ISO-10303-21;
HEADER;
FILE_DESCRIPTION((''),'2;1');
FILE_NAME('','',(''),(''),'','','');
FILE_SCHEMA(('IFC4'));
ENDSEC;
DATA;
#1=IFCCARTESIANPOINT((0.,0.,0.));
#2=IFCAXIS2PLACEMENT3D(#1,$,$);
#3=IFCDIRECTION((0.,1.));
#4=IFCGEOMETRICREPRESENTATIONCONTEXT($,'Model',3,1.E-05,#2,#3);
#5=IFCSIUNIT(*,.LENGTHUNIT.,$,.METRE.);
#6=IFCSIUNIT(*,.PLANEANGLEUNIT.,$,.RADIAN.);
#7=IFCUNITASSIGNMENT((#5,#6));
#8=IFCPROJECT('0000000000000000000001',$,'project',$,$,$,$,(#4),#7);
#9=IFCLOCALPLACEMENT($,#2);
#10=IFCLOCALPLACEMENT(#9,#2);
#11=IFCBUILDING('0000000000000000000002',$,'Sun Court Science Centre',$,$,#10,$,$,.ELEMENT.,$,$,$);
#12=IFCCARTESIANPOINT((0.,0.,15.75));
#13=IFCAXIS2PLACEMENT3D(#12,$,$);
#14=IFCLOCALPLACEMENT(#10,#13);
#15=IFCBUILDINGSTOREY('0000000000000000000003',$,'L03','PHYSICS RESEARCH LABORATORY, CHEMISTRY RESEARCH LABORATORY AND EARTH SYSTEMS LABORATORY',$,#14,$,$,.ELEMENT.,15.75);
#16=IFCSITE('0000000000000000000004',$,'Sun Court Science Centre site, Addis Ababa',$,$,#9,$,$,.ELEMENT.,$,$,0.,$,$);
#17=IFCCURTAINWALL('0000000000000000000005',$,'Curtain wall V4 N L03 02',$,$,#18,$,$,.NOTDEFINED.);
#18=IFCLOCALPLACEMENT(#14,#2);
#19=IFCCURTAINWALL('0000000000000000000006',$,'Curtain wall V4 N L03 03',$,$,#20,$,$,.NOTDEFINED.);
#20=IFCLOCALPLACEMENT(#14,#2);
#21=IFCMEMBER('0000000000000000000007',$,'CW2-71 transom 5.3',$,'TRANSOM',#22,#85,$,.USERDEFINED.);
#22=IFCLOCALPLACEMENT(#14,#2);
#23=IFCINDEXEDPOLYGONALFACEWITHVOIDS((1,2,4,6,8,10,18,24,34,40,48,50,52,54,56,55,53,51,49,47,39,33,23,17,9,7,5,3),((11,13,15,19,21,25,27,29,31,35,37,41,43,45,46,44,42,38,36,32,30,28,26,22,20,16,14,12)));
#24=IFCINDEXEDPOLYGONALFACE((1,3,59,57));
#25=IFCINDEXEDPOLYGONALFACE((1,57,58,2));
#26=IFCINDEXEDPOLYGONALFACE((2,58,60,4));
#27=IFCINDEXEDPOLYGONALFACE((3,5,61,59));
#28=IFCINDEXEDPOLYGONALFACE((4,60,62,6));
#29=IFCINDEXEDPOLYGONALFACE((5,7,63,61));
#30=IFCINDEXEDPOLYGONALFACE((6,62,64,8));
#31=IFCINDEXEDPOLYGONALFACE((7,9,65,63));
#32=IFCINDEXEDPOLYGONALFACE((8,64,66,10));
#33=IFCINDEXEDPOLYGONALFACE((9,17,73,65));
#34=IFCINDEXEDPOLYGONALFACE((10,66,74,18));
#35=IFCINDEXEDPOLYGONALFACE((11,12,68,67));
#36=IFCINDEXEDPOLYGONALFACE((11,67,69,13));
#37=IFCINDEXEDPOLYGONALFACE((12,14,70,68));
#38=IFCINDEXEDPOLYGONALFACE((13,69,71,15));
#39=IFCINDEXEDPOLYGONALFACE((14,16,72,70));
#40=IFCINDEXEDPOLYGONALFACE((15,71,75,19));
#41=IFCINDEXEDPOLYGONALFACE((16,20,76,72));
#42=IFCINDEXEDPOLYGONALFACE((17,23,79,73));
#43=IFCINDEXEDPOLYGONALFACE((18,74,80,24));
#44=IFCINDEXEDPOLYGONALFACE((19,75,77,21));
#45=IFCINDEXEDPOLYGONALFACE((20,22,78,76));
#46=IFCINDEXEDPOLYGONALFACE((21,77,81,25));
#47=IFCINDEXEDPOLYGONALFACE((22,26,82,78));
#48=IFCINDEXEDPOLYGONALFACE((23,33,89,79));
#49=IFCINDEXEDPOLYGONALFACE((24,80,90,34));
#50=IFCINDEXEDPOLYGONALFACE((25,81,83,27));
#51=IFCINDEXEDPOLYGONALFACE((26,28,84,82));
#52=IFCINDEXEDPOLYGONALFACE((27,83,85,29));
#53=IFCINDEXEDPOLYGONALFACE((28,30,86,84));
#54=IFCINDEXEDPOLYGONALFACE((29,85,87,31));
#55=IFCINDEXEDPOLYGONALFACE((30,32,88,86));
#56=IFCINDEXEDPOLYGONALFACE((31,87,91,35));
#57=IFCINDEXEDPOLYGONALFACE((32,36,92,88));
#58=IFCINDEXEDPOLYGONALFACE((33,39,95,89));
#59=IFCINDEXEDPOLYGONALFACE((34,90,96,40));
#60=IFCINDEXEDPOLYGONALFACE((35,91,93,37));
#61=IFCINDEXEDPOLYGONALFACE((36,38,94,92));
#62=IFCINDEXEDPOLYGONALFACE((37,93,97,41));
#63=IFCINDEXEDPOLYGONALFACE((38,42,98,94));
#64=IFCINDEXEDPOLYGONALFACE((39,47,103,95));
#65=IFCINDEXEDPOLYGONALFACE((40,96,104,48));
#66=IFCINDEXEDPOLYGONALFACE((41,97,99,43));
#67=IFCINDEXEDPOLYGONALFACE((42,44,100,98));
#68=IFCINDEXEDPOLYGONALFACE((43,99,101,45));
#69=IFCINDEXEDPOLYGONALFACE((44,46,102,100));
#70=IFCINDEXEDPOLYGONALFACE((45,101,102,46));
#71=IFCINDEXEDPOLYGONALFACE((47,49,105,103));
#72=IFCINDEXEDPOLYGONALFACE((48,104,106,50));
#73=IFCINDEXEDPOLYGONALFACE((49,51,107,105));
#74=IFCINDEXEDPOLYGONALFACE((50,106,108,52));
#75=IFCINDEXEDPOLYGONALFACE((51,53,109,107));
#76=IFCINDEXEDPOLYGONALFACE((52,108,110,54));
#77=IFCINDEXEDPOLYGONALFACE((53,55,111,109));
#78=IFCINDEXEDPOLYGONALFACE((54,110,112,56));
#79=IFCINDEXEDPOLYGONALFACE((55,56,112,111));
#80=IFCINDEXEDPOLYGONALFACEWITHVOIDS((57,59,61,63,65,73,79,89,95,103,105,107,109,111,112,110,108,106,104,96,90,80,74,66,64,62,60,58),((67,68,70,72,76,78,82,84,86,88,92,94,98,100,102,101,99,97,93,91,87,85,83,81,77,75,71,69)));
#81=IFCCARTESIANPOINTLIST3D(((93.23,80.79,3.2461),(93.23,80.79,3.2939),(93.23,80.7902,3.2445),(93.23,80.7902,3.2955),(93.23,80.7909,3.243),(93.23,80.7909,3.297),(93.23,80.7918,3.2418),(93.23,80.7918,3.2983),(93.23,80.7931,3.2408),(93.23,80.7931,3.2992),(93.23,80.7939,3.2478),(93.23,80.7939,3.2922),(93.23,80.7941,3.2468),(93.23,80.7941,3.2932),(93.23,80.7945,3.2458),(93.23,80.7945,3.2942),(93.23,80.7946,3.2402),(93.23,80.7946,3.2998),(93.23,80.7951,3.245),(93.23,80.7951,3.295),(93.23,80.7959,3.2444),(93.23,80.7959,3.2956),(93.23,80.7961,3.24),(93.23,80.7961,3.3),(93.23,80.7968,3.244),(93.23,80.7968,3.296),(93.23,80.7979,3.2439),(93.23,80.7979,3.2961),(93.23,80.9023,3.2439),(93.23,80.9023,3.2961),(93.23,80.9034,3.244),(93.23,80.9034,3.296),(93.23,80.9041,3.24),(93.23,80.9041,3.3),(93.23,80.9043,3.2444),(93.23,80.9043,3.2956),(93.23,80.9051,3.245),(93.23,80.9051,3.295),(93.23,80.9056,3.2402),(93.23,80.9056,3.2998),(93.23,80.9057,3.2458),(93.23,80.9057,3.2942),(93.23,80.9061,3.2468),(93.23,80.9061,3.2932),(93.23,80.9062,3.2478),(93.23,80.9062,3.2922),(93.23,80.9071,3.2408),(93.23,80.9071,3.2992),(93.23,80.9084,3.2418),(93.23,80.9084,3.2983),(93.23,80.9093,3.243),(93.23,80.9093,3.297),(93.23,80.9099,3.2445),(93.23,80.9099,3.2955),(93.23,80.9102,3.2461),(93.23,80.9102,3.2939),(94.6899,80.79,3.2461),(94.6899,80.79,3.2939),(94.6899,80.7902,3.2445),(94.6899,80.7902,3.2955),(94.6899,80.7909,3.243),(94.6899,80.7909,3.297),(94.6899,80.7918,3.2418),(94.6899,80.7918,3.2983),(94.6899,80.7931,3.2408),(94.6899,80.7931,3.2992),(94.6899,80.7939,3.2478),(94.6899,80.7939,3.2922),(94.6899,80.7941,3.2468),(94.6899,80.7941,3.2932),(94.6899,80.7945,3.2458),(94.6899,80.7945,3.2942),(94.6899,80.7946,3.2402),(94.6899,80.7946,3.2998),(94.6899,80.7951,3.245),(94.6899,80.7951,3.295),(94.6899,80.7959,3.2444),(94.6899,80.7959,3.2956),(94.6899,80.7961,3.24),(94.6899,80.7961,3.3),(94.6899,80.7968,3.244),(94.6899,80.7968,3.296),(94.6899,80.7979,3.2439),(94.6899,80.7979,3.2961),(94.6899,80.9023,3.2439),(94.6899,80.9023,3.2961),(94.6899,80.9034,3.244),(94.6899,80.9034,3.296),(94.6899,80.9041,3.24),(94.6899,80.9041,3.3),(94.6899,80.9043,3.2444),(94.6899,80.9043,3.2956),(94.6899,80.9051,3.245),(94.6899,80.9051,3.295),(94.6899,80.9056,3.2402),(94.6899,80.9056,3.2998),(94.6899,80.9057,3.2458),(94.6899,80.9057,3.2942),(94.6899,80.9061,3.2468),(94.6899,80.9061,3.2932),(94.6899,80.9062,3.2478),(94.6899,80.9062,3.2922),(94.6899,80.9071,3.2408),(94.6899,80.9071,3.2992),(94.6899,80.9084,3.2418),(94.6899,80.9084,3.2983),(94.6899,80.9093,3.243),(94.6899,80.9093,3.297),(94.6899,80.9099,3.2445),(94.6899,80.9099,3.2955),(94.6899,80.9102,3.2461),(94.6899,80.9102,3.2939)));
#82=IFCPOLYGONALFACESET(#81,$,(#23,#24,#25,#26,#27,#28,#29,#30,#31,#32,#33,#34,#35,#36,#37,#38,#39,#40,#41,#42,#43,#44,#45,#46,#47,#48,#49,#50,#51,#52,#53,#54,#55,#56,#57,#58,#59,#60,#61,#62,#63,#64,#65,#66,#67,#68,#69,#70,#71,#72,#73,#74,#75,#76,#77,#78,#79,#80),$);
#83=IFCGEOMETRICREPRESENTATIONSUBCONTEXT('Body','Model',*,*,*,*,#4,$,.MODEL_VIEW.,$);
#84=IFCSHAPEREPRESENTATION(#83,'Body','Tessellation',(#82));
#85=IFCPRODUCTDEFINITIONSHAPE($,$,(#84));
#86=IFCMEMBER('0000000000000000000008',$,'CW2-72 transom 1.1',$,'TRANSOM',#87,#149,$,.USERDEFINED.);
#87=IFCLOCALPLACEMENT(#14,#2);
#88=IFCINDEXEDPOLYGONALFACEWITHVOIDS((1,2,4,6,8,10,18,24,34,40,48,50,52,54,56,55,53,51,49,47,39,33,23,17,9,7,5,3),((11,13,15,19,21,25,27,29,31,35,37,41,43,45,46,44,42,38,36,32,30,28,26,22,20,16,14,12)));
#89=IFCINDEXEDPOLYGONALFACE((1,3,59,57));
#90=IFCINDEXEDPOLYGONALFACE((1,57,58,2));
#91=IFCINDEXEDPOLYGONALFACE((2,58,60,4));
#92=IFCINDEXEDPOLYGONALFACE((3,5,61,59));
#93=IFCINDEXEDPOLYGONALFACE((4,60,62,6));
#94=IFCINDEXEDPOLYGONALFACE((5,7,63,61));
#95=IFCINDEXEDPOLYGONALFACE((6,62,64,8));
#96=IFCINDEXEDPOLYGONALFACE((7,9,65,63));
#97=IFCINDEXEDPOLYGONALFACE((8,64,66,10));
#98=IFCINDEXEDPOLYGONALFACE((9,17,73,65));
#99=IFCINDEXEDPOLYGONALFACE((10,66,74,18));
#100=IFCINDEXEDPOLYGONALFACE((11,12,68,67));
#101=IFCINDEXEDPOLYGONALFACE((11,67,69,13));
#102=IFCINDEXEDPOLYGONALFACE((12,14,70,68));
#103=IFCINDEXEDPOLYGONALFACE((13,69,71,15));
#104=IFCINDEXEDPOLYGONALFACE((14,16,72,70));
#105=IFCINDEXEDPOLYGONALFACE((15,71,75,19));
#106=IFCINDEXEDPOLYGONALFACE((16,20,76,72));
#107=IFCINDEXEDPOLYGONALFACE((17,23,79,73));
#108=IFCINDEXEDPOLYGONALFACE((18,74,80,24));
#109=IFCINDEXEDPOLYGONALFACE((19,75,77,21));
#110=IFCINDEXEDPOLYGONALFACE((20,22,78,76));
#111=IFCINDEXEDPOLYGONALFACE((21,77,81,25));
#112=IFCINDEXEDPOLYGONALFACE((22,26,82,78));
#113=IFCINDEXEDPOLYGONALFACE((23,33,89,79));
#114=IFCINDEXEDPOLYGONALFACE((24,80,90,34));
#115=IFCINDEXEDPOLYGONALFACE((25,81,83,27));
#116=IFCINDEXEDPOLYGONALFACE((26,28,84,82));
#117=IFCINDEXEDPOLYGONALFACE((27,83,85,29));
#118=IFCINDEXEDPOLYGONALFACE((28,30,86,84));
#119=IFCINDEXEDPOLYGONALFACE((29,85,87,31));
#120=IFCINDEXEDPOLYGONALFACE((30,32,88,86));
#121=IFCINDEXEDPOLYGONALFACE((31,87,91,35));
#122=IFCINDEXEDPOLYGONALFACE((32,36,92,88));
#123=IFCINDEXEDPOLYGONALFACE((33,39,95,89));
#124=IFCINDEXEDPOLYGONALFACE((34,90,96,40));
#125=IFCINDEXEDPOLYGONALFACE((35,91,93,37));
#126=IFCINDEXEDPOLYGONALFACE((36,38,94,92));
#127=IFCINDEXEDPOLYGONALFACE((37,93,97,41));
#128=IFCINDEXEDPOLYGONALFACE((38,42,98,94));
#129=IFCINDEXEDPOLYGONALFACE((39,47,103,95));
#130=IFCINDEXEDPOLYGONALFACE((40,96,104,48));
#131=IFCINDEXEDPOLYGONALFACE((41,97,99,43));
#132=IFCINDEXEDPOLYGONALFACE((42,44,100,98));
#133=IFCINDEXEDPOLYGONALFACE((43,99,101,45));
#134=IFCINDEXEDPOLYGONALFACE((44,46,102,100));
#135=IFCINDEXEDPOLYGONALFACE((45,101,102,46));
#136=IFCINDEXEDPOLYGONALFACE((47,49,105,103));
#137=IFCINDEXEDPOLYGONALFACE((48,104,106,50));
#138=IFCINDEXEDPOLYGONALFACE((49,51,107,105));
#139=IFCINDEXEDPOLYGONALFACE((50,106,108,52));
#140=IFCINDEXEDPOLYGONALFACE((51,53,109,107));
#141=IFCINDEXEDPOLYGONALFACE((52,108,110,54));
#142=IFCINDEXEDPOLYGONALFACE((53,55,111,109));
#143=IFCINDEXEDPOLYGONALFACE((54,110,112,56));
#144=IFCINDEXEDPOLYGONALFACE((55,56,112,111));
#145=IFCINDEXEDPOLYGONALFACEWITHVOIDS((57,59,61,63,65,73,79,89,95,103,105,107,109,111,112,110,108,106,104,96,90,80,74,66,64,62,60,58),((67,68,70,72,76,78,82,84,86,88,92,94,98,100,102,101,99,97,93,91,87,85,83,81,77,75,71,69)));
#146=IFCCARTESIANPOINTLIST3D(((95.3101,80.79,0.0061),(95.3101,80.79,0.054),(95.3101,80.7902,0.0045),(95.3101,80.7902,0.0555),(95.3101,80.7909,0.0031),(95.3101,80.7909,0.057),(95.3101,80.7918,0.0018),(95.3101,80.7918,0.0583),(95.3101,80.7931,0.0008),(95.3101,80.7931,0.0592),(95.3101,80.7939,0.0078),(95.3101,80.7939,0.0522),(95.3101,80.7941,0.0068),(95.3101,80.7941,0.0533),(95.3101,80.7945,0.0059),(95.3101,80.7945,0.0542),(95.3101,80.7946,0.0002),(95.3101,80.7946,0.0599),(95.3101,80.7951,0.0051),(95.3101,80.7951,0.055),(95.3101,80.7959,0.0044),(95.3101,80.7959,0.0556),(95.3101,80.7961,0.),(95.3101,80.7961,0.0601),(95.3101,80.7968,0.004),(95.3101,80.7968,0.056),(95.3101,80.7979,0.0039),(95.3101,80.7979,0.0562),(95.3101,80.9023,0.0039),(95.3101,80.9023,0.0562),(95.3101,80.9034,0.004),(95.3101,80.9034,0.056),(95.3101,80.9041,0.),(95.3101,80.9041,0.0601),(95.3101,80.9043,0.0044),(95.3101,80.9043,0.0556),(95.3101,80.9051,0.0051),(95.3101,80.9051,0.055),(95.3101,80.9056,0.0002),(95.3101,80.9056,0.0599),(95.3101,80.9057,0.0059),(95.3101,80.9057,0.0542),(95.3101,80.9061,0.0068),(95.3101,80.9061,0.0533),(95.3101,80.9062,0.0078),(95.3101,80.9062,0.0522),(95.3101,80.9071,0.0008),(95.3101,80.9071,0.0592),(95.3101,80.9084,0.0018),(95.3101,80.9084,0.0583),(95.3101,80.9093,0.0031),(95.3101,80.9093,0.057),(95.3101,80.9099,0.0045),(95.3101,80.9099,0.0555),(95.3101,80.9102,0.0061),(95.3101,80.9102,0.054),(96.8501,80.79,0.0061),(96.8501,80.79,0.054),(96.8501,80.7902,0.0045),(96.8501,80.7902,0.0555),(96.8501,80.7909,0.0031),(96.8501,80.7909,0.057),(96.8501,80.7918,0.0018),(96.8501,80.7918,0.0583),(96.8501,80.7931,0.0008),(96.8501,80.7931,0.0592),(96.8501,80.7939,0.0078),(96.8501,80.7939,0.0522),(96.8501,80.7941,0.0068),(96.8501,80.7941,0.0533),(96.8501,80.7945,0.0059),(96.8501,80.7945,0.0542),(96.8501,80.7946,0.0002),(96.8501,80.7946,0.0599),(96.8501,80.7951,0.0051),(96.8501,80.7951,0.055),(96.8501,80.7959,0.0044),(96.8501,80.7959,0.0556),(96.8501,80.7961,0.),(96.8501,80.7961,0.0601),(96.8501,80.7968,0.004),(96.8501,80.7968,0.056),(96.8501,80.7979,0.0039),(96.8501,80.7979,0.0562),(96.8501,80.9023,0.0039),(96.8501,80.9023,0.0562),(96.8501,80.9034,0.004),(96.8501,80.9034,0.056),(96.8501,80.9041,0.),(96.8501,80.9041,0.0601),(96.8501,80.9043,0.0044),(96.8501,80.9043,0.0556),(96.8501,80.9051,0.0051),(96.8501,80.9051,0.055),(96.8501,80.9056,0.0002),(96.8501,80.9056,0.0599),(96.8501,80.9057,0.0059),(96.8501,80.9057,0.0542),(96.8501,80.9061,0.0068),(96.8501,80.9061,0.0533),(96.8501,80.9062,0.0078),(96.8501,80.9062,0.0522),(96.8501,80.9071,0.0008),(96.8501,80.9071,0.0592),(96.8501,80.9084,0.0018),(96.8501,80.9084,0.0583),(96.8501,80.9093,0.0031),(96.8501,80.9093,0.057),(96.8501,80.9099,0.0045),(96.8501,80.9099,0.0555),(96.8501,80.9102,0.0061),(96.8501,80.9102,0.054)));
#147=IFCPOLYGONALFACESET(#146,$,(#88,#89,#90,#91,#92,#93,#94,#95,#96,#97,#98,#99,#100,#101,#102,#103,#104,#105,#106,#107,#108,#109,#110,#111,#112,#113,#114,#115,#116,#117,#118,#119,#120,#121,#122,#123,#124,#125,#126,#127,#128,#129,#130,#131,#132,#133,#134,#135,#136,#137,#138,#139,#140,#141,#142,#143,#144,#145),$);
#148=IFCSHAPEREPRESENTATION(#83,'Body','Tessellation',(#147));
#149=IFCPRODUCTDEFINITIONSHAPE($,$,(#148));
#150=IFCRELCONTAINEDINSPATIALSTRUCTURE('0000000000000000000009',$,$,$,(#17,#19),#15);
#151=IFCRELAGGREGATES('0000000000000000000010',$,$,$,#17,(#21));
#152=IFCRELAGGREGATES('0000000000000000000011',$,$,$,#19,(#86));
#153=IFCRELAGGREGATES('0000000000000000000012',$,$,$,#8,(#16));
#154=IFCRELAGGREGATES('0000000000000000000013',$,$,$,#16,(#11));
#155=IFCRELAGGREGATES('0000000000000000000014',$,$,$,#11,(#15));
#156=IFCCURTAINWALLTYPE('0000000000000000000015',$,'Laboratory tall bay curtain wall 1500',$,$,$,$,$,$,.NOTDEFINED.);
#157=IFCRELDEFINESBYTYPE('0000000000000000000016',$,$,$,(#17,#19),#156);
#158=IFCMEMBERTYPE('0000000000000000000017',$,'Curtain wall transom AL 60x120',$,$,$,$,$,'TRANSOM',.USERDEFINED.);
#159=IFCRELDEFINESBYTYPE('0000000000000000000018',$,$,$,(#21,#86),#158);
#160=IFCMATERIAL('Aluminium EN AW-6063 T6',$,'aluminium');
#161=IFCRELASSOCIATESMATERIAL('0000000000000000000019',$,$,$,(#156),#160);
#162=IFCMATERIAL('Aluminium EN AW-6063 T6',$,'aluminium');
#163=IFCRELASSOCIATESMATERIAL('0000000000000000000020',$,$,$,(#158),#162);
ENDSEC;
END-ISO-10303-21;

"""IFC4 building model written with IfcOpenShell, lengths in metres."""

from ifc_helpers import new_model, si_unit, direction, frame, origin, origin_2d, place, context, subcontext, project, spatial, hollow_rectangle, extrude, material, material_profile, profile_set, type_object, element, aggregate, save


model = new_model("IFC4")

# Units and contexts
model_context = context("Model", 3, precision=1e-05, world=origin(), true_north=direction((0.0, 1.0)))
body_context = subcontext(model_context, "Body", "Model", "MODEL_VIEW")
ifc_project = project(units=[si_unit("LENGTHUNIT", "METRE"), si_unit("PLANEANGLEUNIT", "RADIAN")], contexts=[model_context])

# Site, building, storey
site_placement = place(None, origin())
site = spatial("IfcSite", under=ifc_project, at=site_placement, Name="Sun Court Science Centre site, Addis Ababa", CompositionType="ELEMENT", RefElevation=0.0)
building_placement = place(site_placement, origin())
building = spatial("IfcBuilding", under=site, at=building_placement, Name="Sun Court Science Centre", CompositionType="ELEMENT")
storey_placement = place(building_placement, frame((0.0, 0.0, 15.75)))
storey = spatial("IfcBuildingStorey", under=building, at=storey_placement, Name="L03", Description="PHYSICS RESEARCH LABORATORY, CHEMISTRY RESEARCH LABORATORY AND EARTH SYSTEMS LABORATORY", CompositionType="ELEMENT", Elevation=15.75)

# Curtain wall
ifc_material_1 = material(Name="Aluminium EN AW-6063 T6", Category="aluminium")
curtain_wall_type = type_object("IfcCurtainWallType", Name="Laboratory tall bay curtain wall 1500", PredefinedType="NOTDEFINED", material=ifc_material_1)
curtain_wall_1_placement = place(storey_placement, origin())
curtain_wall_1 = element("IfcCurtainWall", 1, at=curtain_wall_1_placement, inside=storey, type_object=curtain_wall_type, Name="Curtain wall V4 N L03 02", PredefinedType="NOTDEFINED")

# Curtain wall
curtain_wall_2_placement = place(storey_placement, origin())
curtain_wall_2 = element("IfcCurtainWall", 2, at=curtain_wall_2_placement, inside=storey, type_object=curtain_wall_type, Name="Curtain wall V4 N L03 03", PredefinedType="NOTDEFINED")

# Members
ifc_material_2 = material(Name="Aluminium EN AW-6063 T6", Category="aluminium")
ifc_material_profile_1 = material_profile(ifc_material_2, hollow_rectangle(XDim=0.0601, YDim=0.1201, WallThickness=0.0039, InnerFilletRadius=0.0039, OuterFilletRadius=0.0061, at=origin_2d()), Name="AL 60x120x4")
ifc_profile_set_1 = profile_set([ifc_material_profile_1], Name="Aluminium EN AW-6063 T6")
member_type_1 = type_object("IfcMemberType", Name="Curtain wall transom AL 60x120", ElementType="TRANSOM", PredefinedType="USERDEFINED", material=ifc_profile_set_1)
member_1_placement = place(storey_placement, frame((93.23, 80.8501, 3.27), z_axis=(1.0, 0.0, 0.0), x_axis=(0.0, 0.0, 1.0)))
member_1 = element("IfcMember", 3, at=member_1_placement, type_object=member_type_1, Name="CW2-71 transom 5.3", ObjectType="TRANSOM", PredefinedType="USERDEFINED", context=body_context, shape_type="SweptSolid", body=[
    extrude(hollow_rectangle(XDim=0.0601, YDim=0.1201, WallThickness=0.0039, InnerFilletRadius=0.0039, OuterFilletRadius=0.0061, at=origin_2d()), origin(), (0.0, 0.0, 1.0), 1.46),
])
member_2_placement = place(storey_placement, frame((95.3101, 80.8501, 0.03), z_axis=(1.0, 0.0, 0.0), x_axis=(0.0, 0.0, 1.0)))
member_2 = element("IfcMember", 4, at=member_2_placement, type_object=member_type_1, Name="CW2-72 transom 1.1", ObjectType="TRANSOM", PredefinedType="USERDEFINED", context=body_context, shape_type="SweptSolid", body=[
    extrude(hollow_rectangle(XDim=0.0601, YDim=0.1201, WallThickness=0.0039, InnerFilletRadius=0.0039, OuterFilletRadius=0.0061, at=origin_2d()), origin(), (0.0, 0.0, 1.0), 1.54),
])

aggregate(curtain_wall_1, [member_1])
aggregate(curtain_wall_2, [member_2])

save(model, "model.ifc")
